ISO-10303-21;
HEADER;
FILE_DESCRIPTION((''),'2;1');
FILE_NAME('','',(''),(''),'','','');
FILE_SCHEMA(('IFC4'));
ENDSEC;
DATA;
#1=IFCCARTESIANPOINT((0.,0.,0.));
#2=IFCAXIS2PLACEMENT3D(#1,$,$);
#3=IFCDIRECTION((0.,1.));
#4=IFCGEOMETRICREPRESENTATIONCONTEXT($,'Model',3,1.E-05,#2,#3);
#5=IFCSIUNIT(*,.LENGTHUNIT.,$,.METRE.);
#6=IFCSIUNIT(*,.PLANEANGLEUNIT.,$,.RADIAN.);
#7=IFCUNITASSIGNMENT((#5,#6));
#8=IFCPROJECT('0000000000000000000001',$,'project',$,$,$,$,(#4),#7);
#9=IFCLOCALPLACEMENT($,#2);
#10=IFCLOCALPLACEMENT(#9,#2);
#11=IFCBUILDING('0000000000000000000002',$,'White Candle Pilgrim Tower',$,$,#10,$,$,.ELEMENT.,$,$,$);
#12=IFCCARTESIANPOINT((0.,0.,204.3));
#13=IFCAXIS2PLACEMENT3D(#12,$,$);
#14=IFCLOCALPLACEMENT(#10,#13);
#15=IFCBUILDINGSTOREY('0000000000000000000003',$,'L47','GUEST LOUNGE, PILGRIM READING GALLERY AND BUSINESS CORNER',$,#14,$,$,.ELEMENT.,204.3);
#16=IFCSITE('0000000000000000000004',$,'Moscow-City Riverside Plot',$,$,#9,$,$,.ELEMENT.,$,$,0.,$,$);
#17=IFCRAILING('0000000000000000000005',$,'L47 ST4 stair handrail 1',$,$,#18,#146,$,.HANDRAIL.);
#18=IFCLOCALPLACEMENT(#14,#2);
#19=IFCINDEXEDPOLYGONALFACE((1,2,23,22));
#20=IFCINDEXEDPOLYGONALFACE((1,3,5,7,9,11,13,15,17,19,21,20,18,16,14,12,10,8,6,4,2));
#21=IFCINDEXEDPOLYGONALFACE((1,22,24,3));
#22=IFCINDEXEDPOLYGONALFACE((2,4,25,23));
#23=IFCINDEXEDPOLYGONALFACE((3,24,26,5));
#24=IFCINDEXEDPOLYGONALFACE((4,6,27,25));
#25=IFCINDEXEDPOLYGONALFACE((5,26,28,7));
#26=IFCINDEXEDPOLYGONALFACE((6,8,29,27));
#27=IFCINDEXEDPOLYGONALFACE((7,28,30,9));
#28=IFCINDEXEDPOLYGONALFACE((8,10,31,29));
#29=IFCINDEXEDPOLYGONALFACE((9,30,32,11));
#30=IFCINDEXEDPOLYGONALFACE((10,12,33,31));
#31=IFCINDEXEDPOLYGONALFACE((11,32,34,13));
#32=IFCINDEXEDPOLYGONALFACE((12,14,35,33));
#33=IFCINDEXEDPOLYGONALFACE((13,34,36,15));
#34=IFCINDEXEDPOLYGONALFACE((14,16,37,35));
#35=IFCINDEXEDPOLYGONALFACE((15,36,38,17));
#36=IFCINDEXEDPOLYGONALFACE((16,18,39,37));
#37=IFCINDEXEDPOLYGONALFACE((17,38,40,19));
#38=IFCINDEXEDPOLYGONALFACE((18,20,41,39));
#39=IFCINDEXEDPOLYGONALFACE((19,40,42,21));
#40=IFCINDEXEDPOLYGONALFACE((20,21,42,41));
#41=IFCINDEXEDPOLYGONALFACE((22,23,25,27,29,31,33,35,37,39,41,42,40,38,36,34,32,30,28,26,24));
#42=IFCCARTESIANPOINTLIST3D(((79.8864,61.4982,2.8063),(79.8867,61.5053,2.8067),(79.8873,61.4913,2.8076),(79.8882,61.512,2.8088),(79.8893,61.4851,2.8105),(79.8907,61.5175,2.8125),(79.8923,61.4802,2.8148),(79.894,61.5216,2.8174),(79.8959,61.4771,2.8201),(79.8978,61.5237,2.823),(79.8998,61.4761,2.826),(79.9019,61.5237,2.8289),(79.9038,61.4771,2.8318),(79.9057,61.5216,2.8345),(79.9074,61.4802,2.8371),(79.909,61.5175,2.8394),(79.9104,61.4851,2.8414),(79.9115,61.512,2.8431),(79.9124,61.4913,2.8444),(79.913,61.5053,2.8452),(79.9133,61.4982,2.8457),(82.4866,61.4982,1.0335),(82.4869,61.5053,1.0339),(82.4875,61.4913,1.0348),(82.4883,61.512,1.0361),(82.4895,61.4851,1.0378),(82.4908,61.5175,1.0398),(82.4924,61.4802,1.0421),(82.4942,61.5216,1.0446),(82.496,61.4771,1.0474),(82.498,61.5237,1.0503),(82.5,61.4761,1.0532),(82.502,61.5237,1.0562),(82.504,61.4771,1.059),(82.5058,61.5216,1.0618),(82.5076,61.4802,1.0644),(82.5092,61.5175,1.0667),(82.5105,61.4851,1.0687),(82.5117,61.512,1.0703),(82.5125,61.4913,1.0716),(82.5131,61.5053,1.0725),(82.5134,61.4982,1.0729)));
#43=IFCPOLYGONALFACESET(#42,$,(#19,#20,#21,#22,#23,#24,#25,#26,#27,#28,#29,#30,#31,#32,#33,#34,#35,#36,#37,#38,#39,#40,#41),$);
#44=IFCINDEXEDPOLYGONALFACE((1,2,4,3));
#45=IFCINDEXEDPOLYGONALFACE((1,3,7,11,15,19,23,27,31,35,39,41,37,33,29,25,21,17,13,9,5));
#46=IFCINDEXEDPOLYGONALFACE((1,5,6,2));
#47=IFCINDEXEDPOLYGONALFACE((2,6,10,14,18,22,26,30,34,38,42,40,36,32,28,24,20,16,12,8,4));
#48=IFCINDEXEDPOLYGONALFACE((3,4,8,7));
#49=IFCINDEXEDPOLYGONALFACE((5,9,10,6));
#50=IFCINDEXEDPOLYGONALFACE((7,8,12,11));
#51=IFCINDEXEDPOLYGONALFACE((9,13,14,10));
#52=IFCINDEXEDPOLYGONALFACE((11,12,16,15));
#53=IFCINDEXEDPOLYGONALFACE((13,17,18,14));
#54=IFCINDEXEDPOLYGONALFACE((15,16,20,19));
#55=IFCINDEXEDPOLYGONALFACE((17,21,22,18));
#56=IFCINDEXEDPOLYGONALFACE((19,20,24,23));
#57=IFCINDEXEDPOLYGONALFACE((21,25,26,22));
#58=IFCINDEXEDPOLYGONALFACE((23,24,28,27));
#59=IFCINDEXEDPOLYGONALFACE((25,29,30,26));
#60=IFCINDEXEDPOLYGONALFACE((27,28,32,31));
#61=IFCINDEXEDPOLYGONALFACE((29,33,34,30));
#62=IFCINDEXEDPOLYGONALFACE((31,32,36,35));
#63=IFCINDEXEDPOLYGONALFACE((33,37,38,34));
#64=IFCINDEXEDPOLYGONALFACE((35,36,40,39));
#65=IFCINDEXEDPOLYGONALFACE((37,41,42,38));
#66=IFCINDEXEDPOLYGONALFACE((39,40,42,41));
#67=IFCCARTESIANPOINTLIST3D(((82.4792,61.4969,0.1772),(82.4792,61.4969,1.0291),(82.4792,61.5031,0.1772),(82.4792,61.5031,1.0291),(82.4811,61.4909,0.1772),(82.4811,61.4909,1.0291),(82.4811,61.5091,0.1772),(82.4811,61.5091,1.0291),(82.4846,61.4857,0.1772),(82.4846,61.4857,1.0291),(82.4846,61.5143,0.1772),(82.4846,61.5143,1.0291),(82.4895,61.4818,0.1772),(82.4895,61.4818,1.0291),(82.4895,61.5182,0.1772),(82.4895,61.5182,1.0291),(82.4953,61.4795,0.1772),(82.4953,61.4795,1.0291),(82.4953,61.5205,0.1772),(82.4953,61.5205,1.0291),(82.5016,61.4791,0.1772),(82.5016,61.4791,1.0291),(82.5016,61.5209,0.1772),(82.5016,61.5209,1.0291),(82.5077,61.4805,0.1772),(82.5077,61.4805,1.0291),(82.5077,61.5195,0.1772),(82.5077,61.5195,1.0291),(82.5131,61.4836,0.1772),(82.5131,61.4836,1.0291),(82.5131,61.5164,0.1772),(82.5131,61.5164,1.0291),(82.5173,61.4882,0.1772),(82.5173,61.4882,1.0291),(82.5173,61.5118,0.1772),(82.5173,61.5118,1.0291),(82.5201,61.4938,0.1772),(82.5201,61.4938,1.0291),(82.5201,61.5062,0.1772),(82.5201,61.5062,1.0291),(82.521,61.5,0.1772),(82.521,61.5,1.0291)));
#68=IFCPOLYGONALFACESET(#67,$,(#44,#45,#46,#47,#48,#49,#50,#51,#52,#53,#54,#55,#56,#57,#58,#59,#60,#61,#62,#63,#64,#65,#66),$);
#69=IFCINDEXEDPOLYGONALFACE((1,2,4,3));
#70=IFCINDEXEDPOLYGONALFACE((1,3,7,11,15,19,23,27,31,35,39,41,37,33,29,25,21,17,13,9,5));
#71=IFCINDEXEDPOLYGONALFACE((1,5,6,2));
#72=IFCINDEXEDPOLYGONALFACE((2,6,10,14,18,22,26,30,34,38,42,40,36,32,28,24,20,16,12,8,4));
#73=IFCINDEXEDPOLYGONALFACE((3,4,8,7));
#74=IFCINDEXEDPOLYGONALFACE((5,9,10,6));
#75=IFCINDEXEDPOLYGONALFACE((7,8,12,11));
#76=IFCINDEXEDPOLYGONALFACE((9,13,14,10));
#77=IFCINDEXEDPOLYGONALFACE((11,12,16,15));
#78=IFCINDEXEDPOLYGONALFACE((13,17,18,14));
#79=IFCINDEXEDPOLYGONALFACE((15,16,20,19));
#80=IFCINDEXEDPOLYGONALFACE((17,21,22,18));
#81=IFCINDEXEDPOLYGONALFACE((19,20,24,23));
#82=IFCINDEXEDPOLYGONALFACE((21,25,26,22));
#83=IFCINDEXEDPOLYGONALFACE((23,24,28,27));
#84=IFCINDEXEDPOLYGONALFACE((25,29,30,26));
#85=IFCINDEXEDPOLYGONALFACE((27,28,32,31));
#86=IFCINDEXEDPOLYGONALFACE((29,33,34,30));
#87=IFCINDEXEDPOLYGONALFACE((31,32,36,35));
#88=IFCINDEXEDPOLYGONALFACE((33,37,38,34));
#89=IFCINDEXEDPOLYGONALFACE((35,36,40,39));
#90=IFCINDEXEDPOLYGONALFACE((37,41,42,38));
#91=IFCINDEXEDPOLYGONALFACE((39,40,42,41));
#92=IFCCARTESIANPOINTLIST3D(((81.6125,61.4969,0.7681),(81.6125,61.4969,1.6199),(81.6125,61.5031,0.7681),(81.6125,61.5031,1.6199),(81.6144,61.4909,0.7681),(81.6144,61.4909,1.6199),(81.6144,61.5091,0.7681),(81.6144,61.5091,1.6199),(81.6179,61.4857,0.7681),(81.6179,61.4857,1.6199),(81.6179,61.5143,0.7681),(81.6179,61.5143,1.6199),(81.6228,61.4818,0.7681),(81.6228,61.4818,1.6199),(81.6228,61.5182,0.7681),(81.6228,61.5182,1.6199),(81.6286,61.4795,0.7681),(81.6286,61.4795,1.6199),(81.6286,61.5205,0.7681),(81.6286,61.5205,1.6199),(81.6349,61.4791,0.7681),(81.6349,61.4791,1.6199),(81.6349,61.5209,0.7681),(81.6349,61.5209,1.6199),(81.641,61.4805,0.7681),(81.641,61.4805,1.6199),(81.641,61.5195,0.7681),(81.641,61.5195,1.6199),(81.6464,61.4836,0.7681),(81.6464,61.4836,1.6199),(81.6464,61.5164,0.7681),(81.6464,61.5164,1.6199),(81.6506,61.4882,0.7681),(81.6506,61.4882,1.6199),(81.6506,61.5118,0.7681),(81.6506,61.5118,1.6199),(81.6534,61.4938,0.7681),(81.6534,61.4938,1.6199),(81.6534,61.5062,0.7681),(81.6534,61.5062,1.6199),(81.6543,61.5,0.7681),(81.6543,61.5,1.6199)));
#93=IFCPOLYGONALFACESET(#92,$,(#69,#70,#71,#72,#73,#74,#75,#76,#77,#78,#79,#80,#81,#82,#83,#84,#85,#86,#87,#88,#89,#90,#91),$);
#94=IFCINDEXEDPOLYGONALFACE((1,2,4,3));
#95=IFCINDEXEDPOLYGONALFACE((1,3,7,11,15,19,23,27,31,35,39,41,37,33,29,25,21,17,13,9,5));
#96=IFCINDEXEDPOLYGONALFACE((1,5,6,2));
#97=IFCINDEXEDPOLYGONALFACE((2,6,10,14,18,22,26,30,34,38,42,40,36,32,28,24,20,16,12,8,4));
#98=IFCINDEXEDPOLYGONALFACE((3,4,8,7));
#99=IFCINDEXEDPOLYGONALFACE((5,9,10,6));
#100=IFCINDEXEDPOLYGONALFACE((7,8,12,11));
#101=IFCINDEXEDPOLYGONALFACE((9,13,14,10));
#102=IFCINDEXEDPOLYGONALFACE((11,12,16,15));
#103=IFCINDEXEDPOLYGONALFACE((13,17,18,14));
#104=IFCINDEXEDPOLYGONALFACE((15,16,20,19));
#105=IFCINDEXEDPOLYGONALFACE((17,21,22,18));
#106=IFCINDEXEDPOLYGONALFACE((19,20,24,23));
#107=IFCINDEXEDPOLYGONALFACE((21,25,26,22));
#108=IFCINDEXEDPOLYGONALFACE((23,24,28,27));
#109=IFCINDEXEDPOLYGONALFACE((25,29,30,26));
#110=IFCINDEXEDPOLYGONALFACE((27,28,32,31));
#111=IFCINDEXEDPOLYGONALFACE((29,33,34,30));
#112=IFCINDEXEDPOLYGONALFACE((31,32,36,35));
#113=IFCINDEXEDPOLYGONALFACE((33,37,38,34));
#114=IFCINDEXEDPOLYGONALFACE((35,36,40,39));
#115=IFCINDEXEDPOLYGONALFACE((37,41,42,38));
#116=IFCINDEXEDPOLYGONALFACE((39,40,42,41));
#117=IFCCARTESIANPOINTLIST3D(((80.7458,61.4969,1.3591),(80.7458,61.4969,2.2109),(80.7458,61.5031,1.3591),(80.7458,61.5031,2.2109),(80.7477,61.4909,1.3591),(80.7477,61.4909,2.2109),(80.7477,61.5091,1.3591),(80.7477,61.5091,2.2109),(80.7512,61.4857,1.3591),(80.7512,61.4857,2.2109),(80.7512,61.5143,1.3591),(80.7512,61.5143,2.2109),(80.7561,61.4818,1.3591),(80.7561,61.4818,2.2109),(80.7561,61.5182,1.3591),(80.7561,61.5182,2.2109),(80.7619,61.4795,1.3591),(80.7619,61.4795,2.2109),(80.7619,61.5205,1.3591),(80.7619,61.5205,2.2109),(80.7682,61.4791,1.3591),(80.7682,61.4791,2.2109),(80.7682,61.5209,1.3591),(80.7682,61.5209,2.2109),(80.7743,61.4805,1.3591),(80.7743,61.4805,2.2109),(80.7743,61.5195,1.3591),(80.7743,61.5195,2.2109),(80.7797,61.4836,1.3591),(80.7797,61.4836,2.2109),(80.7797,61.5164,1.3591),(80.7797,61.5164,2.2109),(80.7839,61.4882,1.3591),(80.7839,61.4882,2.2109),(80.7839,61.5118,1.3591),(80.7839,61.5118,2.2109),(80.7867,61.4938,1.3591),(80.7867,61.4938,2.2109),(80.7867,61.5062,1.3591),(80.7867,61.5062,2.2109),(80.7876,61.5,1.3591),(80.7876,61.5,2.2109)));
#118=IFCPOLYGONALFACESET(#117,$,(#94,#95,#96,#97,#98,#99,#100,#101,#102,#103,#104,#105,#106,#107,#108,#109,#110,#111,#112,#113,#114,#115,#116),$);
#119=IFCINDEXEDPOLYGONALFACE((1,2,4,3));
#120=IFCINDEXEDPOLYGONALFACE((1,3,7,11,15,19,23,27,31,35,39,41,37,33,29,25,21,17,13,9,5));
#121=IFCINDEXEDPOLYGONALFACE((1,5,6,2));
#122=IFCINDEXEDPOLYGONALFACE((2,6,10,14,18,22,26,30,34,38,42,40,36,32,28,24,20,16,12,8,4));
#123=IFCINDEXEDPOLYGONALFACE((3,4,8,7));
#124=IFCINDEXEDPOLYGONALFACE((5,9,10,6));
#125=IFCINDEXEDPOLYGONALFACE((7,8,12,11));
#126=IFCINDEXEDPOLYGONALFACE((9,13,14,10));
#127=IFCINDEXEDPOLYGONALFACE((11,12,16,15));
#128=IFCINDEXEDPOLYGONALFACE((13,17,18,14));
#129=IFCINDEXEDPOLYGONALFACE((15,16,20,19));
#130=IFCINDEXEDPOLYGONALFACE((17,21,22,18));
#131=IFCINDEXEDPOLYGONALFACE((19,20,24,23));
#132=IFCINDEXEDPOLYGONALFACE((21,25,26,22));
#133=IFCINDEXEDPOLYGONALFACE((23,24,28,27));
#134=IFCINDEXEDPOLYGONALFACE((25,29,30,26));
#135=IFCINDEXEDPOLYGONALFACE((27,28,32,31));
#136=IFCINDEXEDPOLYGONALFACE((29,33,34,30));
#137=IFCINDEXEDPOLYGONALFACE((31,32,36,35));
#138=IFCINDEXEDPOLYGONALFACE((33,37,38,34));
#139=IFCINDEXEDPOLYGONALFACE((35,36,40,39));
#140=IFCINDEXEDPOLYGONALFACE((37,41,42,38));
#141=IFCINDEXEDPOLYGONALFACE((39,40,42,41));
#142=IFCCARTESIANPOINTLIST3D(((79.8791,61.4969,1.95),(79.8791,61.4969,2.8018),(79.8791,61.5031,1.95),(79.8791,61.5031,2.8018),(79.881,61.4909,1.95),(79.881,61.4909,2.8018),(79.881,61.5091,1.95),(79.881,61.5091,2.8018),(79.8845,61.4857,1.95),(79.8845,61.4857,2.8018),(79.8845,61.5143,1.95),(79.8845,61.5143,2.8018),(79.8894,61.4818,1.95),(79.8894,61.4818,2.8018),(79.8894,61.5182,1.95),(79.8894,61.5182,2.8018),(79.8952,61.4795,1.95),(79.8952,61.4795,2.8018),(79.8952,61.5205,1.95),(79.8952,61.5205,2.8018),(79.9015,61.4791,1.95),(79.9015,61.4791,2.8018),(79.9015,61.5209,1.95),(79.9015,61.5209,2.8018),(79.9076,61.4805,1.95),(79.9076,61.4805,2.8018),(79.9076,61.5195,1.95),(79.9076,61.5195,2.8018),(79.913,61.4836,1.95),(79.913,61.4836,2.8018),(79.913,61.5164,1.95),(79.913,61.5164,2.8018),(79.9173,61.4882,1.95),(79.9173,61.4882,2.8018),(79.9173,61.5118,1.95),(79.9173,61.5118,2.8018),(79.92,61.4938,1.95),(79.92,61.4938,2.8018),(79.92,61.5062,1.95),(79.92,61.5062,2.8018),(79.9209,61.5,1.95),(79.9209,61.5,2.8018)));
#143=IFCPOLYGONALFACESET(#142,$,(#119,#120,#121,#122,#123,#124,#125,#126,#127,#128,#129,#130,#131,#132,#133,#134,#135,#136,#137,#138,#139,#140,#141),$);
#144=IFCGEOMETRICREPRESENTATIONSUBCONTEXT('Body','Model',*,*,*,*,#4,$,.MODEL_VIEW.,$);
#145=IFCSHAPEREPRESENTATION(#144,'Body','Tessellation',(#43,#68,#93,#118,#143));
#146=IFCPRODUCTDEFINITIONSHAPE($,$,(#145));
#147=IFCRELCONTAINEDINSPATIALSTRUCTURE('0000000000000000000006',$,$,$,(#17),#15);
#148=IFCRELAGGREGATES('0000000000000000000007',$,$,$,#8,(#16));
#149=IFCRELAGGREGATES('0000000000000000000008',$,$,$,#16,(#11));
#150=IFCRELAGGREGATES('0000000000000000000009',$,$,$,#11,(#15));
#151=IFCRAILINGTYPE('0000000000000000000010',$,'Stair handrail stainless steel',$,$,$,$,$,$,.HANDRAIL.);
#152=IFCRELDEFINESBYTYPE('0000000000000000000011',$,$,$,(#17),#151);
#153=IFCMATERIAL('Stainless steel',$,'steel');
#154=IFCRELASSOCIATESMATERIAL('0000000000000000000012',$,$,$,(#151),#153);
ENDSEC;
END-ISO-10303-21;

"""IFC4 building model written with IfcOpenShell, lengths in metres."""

from ifc_helpers import new_model, si_unit, direction, frame, origin, origin_2d, place, context, subcontext, project, spatial, circle, extrude, material, type_object, element, save


model = new_model("IFC4")

# Units and contexts
model_context = context("Model", 3, precision=1e-05, world=origin(), true_north=direction((0.0, 1.0)))
body_context = subcontext(model_context, "Body", "Model", "MODEL_VIEW")
ifc_project = project(units=[si_unit("LENGTHUNIT", "METRE"), si_unit("PLANEANGLEUNIT", "RADIAN")], contexts=[model_context])

# Site, building, storey
site_placement = place(None, origin())
site = spatial("IfcSite", under=ifc_project, at=site_placement, Name="Moscow-City Riverside Plot", CompositionType="ELEMENT", RefElevation=0.0)
building_placement = place(site_placement, origin())
building = spatial("IfcBuilding", under=site, at=building_placement, Name="White Candle Pilgrim Tower", CompositionType="ELEMENT")
storey_placement = place(building_placement, frame((0.0, 0.0, 204.3)))
storey = spatial("IfcBuildingStorey", under=building, at=storey_placement, Name="L47", Description="GUEST LOUNGE, PILGRIM READING GALLERY AND BUSINESS CORNER", CompositionType="ELEMENT", Elevation=204.3)

# Railing
ifc_material_1 = material(Name="Stainless steel", Category="steel")
railing_type_1 = type_object("IfcRailingType", Name="Stair handrail stainless steel", PredefinedType="HANDRAIL", material=ifc_material_1)
railing_1_placement = place(storey_placement, frame((82.5, 61.5, 0.1772)))
element("IfcRailing", 1, at=railing_1_placement, inside=storey, type_object=railing_type_1, Name="L47 ST4 stair handrail 1", PredefinedType="HANDRAIL", context=body_context, shape_type="SweptSolid", body=[
    extrude(circle(Radius=0.0239, at=origin_2d()), frame((0.0, 0.0, 0.876), z_axis=(-0.82624, 0.0, 0.563318), x_axis=(0.0, -1.0, 0.0)), (0.0, 0.0, 1.0), 3.147),
    extrude(circle(Radius=0.021, at=origin_2d()), origin(), (0.0, 0.0, 1.0), 0.8518),
    extrude(circle(Radius=0.021, at=origin_2d()), frame((-0.8667, 0.0, 0.5908)), (0.0, 0.0, 1.0), 0.8518),
    extrude(circle(Radius=0.021, at=origin_2d()), frame((-1.7334, 0.0, 1.1819)), (0.0, 0.0, 1.0), 0.8518),
    extrude(circle(Radius=0.021, at=origin_2d()), frame((-2.6001, 0.0, 1.7727)), (0.0, 0.0, 1.0), 0.8518),
])

save(model, "model.ifc")
